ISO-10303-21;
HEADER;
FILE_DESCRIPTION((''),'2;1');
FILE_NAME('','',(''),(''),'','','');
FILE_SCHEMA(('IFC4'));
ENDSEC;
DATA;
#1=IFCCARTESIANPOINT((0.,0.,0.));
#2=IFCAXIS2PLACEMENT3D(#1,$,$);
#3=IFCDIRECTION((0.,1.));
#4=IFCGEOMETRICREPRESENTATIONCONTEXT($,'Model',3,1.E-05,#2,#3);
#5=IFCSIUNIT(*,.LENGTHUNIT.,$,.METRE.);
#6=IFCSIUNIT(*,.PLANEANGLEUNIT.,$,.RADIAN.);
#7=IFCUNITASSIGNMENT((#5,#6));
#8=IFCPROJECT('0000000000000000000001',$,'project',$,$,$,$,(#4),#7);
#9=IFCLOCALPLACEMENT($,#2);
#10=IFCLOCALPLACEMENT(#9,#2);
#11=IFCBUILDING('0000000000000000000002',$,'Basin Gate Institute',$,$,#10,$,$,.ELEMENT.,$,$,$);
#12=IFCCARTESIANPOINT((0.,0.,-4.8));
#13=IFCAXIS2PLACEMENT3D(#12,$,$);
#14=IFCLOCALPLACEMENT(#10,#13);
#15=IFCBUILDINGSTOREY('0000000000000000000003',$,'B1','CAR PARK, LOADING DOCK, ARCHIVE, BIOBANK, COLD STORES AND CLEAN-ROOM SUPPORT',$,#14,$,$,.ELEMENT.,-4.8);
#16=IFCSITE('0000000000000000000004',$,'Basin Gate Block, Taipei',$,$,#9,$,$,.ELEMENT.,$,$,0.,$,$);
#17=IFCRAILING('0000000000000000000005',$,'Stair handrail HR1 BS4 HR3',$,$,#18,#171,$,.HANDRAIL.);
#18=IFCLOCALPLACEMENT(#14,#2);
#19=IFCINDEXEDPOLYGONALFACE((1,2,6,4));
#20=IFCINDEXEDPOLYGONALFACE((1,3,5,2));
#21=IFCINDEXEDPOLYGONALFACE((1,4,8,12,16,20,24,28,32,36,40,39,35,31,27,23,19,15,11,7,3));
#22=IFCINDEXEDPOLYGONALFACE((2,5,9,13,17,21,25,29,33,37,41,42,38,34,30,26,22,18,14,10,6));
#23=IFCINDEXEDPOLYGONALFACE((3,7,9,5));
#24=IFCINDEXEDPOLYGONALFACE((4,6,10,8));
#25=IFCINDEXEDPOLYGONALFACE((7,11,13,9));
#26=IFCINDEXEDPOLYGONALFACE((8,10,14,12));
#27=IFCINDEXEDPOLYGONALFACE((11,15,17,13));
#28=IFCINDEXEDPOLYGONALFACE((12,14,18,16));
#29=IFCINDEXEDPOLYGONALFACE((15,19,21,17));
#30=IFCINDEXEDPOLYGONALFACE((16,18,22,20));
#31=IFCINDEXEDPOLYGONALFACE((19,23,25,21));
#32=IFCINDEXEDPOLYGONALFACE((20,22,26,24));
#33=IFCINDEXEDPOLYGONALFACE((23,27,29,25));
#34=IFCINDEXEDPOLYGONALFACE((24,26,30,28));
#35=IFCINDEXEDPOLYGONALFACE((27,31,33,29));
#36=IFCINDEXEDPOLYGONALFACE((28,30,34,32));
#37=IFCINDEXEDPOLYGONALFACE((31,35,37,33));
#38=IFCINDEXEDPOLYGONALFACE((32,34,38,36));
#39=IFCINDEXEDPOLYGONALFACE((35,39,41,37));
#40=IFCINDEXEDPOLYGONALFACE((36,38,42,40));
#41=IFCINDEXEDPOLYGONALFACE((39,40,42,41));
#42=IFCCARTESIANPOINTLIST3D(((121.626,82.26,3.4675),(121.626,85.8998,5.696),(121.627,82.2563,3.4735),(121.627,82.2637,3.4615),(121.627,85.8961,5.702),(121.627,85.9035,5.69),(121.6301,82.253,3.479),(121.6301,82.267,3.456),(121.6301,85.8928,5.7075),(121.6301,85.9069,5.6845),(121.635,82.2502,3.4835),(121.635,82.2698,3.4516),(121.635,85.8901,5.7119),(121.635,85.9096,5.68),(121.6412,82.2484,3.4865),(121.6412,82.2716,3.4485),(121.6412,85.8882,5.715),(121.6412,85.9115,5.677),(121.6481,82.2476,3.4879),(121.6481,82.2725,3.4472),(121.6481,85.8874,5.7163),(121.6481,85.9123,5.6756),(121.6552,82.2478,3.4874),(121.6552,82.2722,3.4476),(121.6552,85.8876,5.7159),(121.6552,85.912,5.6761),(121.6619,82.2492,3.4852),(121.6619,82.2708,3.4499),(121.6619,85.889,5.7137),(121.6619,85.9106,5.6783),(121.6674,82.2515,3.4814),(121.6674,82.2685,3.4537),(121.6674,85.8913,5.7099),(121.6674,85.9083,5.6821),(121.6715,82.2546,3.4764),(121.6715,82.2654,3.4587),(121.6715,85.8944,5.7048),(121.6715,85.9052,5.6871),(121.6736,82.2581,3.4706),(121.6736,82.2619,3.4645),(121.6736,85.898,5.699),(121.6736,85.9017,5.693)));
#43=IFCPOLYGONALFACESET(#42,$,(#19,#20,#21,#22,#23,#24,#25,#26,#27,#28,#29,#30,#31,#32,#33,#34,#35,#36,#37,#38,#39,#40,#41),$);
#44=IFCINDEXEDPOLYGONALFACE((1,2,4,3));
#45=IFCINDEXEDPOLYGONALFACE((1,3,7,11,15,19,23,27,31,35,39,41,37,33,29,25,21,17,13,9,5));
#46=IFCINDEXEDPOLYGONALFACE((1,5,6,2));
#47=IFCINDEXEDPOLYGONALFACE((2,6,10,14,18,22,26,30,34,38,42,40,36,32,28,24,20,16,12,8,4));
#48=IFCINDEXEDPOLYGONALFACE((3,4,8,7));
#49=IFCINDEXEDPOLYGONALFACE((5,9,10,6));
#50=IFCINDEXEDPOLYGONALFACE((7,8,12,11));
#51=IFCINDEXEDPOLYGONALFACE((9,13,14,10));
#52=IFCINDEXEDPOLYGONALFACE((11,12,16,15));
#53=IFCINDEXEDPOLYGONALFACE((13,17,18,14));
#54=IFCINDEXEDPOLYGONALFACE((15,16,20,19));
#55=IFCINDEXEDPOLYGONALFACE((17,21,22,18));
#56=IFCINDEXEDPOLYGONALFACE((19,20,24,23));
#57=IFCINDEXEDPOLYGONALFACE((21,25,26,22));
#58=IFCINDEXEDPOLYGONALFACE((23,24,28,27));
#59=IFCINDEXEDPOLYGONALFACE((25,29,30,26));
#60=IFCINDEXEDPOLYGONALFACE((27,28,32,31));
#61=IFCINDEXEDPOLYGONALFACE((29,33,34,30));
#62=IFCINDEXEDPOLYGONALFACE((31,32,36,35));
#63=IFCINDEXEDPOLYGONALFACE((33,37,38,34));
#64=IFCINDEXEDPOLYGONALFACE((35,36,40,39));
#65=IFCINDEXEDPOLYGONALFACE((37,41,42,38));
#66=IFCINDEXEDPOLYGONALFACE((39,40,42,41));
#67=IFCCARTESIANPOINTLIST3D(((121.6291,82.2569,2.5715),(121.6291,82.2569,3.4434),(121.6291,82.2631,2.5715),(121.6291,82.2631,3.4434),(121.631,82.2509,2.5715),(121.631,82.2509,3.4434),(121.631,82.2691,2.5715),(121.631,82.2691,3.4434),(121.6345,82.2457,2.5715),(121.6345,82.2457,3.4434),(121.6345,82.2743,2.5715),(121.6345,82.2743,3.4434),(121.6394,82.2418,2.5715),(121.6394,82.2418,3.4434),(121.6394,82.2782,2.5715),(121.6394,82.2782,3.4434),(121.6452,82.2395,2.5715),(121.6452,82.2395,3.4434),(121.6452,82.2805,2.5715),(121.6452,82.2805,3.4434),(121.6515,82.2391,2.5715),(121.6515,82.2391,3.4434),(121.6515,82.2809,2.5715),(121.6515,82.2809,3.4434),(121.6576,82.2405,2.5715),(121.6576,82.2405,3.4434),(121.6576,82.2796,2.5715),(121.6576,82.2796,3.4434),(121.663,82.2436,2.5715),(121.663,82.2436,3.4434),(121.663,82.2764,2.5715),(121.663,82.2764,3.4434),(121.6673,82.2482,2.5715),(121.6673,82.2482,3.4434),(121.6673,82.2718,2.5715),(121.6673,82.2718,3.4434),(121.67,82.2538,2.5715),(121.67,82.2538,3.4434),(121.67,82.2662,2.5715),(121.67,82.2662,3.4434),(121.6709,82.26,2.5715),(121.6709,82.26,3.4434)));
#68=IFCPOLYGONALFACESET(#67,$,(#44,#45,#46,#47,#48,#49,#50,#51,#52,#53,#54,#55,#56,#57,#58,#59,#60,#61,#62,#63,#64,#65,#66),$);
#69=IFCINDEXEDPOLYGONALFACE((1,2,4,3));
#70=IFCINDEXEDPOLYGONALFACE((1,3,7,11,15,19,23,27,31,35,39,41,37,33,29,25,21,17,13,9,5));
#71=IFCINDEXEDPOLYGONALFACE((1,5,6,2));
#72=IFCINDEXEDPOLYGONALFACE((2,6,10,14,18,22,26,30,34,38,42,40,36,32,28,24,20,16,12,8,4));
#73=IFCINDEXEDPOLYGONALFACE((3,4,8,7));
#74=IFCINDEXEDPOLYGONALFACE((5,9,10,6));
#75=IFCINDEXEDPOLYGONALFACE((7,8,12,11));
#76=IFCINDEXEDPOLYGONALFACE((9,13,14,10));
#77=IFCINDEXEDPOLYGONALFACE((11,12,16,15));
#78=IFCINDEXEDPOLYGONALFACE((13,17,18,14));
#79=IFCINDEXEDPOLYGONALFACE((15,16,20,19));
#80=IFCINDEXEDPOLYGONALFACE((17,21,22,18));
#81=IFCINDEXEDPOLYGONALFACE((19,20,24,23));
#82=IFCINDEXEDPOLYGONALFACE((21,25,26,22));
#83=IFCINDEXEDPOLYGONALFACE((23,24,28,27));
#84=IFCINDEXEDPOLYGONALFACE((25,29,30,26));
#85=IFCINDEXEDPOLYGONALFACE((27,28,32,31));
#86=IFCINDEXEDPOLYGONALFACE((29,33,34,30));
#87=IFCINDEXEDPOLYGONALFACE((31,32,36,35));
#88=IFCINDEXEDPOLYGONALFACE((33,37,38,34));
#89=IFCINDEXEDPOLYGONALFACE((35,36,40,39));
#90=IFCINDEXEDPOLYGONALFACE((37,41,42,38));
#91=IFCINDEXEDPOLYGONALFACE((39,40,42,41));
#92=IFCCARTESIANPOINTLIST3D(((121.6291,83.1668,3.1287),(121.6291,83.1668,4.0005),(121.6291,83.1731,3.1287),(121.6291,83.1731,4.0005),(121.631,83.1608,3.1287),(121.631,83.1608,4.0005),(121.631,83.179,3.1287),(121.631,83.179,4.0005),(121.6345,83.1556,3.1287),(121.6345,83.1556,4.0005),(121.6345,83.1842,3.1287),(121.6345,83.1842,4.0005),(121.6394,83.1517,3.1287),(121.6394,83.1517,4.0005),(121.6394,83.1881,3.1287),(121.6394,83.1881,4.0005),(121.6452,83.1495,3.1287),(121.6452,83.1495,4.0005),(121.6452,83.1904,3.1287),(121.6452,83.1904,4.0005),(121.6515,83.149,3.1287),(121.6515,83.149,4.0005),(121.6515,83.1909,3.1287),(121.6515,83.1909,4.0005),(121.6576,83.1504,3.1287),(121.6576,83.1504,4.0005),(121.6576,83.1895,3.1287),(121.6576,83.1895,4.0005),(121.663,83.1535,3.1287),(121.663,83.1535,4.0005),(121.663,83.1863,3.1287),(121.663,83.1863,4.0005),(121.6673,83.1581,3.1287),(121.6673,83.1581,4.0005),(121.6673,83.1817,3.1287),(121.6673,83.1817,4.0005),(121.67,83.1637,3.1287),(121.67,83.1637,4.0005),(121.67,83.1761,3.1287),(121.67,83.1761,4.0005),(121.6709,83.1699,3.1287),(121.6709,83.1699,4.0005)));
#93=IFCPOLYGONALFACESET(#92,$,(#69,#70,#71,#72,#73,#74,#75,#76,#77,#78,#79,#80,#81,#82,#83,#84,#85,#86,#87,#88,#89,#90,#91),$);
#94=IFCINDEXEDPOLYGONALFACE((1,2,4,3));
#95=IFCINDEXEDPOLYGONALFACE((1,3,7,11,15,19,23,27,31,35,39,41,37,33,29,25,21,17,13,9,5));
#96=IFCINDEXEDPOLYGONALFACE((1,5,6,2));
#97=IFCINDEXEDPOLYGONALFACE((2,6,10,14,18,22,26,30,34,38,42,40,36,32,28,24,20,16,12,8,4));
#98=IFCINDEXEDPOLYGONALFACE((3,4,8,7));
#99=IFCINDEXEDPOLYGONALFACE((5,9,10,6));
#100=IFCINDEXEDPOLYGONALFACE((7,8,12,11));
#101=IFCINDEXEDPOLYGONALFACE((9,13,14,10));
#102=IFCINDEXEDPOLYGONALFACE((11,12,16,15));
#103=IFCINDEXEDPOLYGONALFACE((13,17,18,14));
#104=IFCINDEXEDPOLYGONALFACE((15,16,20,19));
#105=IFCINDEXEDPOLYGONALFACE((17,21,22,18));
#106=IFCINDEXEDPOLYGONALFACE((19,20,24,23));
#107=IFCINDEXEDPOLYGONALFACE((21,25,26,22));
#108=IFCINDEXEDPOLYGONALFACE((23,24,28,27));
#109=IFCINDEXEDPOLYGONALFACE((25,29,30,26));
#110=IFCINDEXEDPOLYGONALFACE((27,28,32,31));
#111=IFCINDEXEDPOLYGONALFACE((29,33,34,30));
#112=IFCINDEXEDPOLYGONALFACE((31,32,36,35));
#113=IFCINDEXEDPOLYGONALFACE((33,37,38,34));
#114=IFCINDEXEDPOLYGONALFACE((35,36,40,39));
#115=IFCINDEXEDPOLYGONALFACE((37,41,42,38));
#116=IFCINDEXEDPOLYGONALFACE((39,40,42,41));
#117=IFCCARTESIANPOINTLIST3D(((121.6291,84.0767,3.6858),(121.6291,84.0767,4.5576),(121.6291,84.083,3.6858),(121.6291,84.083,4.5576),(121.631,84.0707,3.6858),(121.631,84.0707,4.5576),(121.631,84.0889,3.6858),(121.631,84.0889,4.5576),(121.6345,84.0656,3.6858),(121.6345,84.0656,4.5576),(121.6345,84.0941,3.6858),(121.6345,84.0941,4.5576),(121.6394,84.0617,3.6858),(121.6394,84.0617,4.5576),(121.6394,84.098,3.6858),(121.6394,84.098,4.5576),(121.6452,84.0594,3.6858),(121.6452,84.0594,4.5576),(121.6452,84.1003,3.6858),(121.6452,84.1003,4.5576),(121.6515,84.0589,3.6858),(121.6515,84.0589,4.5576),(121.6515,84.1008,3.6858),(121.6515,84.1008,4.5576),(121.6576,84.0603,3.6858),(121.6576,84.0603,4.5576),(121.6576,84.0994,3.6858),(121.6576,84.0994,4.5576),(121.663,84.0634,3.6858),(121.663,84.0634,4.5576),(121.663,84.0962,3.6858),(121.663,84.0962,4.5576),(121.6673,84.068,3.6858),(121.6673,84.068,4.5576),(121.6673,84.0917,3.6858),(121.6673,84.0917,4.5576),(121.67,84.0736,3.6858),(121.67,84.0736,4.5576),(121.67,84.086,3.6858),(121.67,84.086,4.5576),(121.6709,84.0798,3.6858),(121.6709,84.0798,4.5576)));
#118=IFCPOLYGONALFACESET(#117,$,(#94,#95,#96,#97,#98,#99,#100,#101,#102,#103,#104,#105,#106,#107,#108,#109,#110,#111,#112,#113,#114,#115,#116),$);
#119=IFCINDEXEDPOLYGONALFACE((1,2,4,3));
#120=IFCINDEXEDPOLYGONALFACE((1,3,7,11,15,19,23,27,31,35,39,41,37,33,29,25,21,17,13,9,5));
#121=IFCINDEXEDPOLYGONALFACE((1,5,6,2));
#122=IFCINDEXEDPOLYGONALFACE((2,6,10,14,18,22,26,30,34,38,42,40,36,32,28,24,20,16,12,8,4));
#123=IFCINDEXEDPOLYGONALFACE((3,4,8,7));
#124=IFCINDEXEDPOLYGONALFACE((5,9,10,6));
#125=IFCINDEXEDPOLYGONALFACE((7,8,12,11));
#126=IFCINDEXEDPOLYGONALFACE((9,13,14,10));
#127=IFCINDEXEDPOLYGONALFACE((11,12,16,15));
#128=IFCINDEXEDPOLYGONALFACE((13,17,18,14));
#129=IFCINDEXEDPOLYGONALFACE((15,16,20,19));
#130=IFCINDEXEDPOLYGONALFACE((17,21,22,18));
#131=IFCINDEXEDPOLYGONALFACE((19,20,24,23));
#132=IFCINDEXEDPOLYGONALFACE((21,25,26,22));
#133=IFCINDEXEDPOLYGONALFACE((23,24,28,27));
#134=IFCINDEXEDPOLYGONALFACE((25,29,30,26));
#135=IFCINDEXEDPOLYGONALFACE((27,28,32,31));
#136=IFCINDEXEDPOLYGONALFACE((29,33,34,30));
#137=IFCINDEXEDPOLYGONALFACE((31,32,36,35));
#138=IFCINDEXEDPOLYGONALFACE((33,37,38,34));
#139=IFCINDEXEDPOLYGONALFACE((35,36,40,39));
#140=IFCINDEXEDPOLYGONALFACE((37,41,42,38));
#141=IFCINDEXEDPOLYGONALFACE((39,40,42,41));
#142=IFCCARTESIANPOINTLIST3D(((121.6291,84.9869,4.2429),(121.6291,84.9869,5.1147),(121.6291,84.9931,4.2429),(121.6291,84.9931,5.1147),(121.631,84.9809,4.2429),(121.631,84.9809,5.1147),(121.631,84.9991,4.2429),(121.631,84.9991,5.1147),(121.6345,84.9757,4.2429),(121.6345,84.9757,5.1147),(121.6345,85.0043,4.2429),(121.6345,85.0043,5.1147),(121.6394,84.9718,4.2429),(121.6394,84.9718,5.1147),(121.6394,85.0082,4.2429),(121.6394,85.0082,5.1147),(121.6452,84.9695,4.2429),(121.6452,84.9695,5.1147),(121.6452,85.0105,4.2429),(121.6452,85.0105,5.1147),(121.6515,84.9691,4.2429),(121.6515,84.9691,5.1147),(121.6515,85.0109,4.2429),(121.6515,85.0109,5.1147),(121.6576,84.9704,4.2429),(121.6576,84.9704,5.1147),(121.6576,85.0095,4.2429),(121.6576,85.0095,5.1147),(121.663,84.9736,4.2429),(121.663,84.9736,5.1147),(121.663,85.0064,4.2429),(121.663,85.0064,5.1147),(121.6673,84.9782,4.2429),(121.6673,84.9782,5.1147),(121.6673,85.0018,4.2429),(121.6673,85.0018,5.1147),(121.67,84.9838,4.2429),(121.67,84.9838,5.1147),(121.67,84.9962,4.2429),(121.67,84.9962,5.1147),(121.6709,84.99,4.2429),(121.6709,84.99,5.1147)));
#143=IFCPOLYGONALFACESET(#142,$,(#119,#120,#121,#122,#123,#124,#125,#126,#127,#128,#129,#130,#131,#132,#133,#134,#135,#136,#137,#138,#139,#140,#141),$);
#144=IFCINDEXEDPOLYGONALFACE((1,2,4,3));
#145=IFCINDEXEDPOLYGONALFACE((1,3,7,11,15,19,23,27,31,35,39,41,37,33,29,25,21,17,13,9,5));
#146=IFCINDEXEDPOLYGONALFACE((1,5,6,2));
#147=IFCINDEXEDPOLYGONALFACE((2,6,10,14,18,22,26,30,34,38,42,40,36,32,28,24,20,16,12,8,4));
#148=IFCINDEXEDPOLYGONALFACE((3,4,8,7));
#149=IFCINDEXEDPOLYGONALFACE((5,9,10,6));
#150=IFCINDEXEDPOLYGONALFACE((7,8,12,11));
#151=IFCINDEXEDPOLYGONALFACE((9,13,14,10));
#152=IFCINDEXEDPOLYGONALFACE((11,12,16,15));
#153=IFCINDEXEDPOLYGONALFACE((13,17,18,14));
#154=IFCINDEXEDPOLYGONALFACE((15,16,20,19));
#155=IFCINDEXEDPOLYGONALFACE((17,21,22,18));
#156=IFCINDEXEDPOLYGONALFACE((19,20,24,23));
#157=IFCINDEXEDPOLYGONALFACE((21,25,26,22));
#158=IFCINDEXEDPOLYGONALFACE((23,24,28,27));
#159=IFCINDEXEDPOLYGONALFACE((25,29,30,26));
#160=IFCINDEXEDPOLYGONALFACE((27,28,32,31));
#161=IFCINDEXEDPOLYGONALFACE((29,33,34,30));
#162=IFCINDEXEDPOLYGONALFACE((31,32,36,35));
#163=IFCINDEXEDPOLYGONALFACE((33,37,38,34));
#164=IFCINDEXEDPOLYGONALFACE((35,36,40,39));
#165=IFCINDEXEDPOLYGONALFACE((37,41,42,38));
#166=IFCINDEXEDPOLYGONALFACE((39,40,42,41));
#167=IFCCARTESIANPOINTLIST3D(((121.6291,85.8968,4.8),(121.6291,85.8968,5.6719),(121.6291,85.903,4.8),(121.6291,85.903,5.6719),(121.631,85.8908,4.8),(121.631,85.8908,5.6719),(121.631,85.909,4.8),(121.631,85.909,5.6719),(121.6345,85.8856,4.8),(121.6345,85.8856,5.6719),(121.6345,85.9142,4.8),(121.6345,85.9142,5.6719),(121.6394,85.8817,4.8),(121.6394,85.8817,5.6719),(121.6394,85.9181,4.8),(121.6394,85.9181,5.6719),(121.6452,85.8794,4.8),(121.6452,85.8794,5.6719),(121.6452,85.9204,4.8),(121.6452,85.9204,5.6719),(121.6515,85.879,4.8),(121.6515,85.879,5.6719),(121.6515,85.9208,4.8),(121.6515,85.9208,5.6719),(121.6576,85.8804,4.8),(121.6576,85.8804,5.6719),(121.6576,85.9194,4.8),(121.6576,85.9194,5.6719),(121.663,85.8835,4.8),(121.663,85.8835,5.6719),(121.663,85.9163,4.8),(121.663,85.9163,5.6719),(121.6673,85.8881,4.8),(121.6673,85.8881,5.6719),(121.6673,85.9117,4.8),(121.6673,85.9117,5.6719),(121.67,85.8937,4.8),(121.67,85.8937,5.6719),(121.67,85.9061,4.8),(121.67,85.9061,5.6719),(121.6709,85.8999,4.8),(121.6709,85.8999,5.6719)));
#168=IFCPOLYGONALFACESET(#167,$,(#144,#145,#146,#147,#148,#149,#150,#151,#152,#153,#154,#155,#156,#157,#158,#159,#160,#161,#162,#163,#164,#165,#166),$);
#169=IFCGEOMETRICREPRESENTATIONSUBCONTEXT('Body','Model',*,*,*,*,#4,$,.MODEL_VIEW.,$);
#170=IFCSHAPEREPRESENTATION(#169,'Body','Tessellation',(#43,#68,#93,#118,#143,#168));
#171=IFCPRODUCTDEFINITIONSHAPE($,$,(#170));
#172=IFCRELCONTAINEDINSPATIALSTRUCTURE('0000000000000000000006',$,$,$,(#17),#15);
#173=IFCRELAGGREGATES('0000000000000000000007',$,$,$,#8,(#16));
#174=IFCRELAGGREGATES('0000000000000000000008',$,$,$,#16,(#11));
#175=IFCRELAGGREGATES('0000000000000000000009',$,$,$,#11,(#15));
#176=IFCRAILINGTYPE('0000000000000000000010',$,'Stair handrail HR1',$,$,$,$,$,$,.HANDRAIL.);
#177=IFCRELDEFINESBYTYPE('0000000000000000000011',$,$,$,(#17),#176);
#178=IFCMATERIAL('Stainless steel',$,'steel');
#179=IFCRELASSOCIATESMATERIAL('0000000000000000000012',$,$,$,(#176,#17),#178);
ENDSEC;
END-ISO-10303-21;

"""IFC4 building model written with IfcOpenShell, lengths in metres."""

from ifc_helpers import new_model, si_unit, direction, frame, origin, origin_2d, place, context, subcontext, project, spatial, circle, extrude, material, type_object, element, save


model = new_model("IFC4")

# Units and contexts
model_context = context("Model", 3, precision=1e-05, world=origin(), true_north=direction((0.0, 1.0)))
body_context = subcontext(model_context, "Body", "Model", "MODEL_VIEW")
ifc_project = project(units=[si_unit("LENGTHUNIT", "METRE"), si_unit("PLANEANGLEUNIT", "RADIAN")], contexts=[model_context])

# Site, building, storey
site_placement = place(None, origin())
site = spatial("IfcSite", under=ifc_project, at=site_placement, Name="Basin Gate Block, Taipei", CompositionType="ELEMENT", RefElevation=0.0)
building_placement = place(site_placement, origin())
building = spatial("IfcBuilding", under=site, at=building_placement, Name="Basin Gate Institute", CompositionType="ELEMENT")
storey_placement = place(building_placement, frame((0.0, 0.0, -4.8)))
storey = spatial("IfcBuildingStorey", under=building, at=storey_placement, Name="B1", Description="CAR PARK, LOADING DOCK, ARCHIVE, BIOBANK, COLD STORES AND CLEAN-ROOM SUPPORT", CompositionType="ELEMENT", Elevation=-4.8)

# Railing
ifc_material_1 = material(Name="Stainless steel", Category="steel")
railing_type_1 = type_object("IfcRailingType", Name="Stair handrail HR1", PredefinedType="HANDRAIL", material=ifc_material_1)
railing_1_placement = place(storey_placement, frame((121.6499, 82.26, 2.5715)))
element("IfcRailing", 1, at=railing_1_placement, inside=storey, type_object=railing_type_1, material=ifc_material_1, Name="Stair handrail HR1 BS4 HR3", PredefinedType="HANDRAIL", context=body_context, shape_type="SweptSolid", body=[
    extrude(circle(Radius=0.0239, at=origin_2d()), frame((0.0, 0.0, 0.896), z_axis=(0.0, 0.85285, 0.522156), x_axis=(-1.0, 0.0, 0.0)), (0.0, 0.0, 1.0), 4.2678),
    extrude(circle(Radius=0.021, at=origin_2d()), origin(), (0.0, 0.0, 1.0), 0.8718),
    extrude(circle(Radius=0.021, at=origin_2d()), frame((0.0, 0.9099, 0.5571)), (0.0, 0.0, 1.0), 0.8718),
    extrude(circle(Radius=0.021, at=origin_2d()), frame((0.0, 1.8198, 1.1143)), (0.0, 0.0, 1.0), 0.8718),
    extrude(circle(Radius=0.021, at=origin_2d()), frame((0.0, 2.73, 1.6714)), (0.0, 0.0, 1.0), 0.8718),
    extrude(circle(Radius=0.021, at=origin_2d()), frame((0.0, 3.6399, 2.2285)), (0.0, 0.0, 1.0), 0.8718),
])

save(model, "model.ifc")
